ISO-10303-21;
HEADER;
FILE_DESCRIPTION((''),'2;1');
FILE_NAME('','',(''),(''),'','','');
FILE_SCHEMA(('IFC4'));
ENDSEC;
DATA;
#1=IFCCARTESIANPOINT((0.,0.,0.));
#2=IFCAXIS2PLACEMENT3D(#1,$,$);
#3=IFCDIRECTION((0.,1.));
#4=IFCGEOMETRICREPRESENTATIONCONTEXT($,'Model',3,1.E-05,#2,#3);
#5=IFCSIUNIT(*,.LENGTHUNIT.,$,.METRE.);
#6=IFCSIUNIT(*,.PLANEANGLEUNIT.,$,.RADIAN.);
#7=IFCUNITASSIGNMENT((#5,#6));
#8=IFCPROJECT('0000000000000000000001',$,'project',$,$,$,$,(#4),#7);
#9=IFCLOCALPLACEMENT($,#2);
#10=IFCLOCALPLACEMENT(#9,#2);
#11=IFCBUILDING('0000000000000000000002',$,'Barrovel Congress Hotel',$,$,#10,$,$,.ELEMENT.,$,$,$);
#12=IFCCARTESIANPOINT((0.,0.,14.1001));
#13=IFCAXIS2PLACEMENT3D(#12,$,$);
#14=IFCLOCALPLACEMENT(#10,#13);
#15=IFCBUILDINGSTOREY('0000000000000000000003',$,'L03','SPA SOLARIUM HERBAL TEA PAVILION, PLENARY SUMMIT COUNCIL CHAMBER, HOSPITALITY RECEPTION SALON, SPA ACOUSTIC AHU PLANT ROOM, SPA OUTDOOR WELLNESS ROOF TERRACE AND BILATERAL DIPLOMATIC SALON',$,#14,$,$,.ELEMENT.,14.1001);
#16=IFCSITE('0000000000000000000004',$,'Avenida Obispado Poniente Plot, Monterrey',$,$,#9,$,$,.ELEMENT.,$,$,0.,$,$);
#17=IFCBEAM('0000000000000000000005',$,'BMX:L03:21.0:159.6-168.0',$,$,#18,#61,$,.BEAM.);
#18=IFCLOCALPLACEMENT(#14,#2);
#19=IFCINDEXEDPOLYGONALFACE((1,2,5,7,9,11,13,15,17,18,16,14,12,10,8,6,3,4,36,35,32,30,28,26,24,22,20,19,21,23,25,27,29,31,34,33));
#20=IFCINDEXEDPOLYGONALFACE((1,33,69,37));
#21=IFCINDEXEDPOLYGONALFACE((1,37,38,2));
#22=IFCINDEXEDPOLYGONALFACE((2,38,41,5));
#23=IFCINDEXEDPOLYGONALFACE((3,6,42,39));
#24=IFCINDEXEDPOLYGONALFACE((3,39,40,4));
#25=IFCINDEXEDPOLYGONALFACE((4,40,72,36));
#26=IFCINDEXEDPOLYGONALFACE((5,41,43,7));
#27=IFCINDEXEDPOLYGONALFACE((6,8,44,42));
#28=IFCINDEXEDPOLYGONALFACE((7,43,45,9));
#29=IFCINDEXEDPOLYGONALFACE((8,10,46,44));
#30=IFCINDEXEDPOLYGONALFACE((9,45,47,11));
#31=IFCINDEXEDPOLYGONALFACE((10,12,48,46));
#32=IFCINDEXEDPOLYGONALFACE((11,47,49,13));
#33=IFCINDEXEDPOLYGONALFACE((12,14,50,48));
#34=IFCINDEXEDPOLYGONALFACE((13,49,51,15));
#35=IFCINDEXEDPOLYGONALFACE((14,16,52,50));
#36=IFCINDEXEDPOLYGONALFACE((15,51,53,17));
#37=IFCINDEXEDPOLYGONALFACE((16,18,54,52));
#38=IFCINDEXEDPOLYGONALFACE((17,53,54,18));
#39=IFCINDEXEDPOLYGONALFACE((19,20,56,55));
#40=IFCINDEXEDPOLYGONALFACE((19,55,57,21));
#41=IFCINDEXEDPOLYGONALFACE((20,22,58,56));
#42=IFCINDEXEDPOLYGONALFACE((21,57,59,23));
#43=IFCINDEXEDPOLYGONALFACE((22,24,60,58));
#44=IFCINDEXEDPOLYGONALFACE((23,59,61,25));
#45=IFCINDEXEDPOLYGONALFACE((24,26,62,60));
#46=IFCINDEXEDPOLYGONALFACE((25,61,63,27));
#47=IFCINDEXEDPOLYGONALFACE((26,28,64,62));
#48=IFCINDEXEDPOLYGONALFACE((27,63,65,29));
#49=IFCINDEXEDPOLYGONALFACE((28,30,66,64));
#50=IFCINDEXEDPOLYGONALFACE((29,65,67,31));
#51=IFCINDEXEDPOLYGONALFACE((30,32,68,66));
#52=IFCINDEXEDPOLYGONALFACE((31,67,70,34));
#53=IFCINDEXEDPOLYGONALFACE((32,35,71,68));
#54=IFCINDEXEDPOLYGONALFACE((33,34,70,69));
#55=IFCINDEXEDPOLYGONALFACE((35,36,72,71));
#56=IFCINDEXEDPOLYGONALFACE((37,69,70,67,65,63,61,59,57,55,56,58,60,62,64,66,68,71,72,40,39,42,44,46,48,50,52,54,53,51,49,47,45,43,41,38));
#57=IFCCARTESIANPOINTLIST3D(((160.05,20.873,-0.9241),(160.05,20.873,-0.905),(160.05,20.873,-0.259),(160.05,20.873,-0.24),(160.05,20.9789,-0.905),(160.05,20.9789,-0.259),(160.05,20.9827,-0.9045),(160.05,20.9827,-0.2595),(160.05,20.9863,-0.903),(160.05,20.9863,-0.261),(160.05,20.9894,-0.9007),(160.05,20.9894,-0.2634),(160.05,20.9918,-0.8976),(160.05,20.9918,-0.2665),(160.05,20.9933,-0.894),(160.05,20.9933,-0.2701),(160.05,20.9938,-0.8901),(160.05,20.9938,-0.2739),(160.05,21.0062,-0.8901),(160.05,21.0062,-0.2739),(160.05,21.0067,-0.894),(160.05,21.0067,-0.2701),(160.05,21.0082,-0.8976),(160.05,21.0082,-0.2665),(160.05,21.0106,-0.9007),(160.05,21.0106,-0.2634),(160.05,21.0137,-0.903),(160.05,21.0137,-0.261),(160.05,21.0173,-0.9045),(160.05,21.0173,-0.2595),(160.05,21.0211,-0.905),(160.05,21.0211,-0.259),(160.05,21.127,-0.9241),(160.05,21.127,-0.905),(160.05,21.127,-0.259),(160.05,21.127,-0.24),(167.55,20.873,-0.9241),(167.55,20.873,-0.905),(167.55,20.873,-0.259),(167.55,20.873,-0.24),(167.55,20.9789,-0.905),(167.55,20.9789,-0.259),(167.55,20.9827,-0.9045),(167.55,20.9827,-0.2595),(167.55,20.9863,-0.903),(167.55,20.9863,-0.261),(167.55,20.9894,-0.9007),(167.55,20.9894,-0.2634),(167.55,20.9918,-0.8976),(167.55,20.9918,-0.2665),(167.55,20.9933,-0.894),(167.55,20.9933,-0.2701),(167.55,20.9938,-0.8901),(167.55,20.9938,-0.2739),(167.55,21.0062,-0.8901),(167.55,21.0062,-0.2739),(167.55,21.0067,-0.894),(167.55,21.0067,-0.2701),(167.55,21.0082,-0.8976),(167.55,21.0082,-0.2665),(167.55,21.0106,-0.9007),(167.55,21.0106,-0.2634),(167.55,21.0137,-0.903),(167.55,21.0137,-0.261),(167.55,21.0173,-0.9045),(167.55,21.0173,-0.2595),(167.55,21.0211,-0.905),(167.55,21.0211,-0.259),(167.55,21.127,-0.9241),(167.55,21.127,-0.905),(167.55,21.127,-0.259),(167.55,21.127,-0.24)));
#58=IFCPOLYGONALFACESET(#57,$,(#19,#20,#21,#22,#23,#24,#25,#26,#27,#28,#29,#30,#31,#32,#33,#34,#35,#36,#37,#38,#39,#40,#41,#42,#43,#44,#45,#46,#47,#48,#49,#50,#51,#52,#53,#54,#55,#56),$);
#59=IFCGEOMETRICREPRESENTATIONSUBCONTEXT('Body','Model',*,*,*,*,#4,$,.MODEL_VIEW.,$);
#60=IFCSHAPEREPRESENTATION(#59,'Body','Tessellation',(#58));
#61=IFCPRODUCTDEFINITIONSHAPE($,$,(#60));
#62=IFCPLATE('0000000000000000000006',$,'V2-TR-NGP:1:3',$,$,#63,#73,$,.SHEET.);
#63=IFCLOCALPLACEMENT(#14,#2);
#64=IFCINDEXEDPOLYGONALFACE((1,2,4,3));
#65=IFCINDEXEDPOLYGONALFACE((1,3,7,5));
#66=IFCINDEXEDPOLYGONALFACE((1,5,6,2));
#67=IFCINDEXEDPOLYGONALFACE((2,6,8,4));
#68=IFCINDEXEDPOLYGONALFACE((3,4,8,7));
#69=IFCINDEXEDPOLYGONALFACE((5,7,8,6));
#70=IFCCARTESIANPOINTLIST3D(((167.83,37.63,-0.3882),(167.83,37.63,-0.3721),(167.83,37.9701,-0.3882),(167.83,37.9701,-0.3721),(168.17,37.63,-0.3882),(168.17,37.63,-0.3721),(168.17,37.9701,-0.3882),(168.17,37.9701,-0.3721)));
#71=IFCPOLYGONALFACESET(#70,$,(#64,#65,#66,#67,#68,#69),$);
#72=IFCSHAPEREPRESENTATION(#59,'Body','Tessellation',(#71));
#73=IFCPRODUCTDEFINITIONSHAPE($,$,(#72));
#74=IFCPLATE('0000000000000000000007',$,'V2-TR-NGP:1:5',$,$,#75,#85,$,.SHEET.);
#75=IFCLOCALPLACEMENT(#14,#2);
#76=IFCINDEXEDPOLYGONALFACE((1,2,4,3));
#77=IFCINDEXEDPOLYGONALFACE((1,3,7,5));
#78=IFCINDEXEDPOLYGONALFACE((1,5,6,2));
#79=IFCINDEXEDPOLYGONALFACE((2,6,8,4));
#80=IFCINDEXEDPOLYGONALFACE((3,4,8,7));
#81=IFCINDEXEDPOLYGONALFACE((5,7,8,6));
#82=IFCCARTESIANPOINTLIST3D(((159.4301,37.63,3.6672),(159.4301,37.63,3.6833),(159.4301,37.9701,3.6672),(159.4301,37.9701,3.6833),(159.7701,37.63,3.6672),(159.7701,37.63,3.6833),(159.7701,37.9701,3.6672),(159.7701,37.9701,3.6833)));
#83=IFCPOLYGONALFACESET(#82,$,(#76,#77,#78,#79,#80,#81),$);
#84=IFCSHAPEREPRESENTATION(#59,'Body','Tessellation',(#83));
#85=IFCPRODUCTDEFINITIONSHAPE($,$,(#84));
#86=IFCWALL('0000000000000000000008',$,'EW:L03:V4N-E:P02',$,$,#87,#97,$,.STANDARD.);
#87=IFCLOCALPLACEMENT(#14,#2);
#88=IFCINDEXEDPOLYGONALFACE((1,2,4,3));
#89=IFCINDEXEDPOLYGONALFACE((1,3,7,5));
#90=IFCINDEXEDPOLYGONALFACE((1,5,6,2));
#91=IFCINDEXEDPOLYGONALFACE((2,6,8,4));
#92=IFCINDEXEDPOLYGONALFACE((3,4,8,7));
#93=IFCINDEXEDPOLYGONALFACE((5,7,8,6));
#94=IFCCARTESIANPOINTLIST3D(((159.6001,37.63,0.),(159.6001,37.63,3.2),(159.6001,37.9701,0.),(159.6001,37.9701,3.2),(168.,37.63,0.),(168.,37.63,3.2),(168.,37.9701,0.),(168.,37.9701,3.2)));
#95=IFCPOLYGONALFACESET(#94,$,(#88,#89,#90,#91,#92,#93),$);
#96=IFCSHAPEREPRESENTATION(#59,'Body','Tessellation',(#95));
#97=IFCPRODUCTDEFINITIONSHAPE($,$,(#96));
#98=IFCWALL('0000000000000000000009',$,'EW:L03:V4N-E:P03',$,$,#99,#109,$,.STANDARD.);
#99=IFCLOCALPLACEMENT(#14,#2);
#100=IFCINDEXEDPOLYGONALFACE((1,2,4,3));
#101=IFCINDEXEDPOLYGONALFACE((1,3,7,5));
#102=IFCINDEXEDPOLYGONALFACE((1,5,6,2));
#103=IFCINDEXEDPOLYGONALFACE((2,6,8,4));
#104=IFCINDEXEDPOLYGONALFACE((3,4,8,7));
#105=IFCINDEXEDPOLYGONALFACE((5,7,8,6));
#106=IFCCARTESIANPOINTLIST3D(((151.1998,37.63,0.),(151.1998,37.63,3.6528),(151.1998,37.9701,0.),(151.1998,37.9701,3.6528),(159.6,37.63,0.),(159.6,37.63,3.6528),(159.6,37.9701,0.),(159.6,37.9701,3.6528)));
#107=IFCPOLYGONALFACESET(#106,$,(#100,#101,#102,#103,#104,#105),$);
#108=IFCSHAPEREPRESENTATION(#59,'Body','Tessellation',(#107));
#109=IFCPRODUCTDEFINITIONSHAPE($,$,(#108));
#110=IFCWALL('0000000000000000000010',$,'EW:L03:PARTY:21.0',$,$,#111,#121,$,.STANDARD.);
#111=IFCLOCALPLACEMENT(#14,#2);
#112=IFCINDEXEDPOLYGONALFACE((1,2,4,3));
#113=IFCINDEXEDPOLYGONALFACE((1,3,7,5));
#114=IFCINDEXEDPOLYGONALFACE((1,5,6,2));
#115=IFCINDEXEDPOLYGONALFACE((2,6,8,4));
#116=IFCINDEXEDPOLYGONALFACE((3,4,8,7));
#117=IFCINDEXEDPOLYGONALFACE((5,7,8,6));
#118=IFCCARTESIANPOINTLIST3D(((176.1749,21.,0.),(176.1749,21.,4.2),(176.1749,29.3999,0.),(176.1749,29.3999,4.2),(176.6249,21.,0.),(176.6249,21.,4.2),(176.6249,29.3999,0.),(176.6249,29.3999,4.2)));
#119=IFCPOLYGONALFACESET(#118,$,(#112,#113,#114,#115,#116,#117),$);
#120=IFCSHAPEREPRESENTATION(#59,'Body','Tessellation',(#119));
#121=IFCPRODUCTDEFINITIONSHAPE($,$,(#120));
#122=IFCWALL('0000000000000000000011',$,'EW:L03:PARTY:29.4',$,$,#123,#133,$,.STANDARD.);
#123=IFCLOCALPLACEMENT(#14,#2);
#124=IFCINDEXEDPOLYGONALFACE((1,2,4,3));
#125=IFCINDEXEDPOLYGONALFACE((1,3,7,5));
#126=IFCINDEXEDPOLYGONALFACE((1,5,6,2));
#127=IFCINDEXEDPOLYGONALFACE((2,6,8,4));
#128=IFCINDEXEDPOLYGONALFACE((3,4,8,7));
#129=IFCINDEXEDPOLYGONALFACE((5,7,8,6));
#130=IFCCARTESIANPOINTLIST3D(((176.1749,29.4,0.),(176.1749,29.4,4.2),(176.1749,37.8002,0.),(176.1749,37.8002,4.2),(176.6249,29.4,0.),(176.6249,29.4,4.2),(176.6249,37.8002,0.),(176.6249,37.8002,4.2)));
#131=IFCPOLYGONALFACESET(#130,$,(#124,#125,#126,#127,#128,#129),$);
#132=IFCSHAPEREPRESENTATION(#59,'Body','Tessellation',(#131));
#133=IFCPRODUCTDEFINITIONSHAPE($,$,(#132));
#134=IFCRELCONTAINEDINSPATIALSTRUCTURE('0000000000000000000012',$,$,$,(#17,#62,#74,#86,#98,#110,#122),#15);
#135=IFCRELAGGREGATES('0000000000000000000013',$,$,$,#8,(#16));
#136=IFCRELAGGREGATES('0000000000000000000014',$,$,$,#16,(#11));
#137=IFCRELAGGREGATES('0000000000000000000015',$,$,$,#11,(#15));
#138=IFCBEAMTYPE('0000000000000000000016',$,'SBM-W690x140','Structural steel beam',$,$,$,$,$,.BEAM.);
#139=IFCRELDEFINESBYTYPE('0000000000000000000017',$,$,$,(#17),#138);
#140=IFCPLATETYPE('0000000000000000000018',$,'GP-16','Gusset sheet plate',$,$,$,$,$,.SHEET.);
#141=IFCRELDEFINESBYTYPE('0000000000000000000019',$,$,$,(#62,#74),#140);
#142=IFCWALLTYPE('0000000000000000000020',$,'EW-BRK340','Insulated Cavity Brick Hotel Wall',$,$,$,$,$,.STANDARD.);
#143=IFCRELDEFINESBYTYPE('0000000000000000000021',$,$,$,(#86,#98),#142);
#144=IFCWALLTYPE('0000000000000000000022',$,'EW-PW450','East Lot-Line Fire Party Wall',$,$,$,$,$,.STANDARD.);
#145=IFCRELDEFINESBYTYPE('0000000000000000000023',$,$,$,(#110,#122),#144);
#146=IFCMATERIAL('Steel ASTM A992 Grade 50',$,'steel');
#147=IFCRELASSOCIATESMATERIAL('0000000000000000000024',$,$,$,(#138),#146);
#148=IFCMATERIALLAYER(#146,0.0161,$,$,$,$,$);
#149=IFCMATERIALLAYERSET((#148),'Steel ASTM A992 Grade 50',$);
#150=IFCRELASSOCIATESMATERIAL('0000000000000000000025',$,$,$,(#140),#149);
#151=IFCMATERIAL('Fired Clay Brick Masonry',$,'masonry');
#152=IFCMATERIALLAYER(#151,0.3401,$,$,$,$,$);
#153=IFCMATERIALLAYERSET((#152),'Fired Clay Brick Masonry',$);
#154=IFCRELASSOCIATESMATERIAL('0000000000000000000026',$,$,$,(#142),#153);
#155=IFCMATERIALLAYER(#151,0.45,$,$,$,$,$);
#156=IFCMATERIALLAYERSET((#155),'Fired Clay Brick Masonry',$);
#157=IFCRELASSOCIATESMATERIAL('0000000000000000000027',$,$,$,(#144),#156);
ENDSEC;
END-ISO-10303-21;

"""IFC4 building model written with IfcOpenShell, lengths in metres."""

from ifc_helpers import new_model, si_unit, direction, frame, frame_2d, origin, origin_2d, place, context, subcontext, project, spatial, rectangle, i_section, extrude, material, layer, layer_set, material_profile, profile_set, type_object, element, save


model = new_model("IFC4")

# Units and contexts
model_context = context("Model", 3, precision=1e-05, world=origin(), true_north=direction((0.0, 1.0)))
body_context = subcontext(model_context, "Body", "Model", "MODEL_VIEW")
ifc_project = project(units=[si_unit("LENGTHUNIT", "METRE"), si_unit("PLANEANGLEUNIT", "RADIAN")], contexts=[model_context])

# Site, building, storey
site_placement = place(None, origin())
site = spatial("IfcSite", under=ifc_project, at=site_placement, Name="Avenida Obispado Poniente Plot, Monterrey", CompositionType="ELEMENT", RefElevation=0.0)
building_placement = place(site_placement, origin())
building = spatial("IfcBuilding", under=site, at=building_placement, Name="Barrovel Congress Hotel", CompositionType="ELEMENT")
storey_placement = place(building_placement, frame((0.0, 0.0, 14.1001)))
storey = spatial("IfcBuildingStorey", under=building, at=storey_placement, Name="L03", Description="SPA SOLARIUM HERBAL TEA PAVILION, PLENARY SUMMIT COUNCIL CHAMBER, HOSPITALITY RECEPTION SALON, SPA ACOUSTIC AHU PLANT ROOM, SPA OUTDOOR WELLNESS ROOF TERRACE AND BILATERAL DIPLOMATIC SALON", CompositionType="ELEMENT", Elevation=14.1001)

# Beam
ifc_material_1 = material(Name="Steel ASTM A992 Grade 50", Category="steel")
ifc_material_profile_1 = material_profile(ifc_material_1, i_section(OverallWidth=0.2539, OverallDepth=0.6841, WebThickness=0.0125, FlangeThickness=0.019, FilletRadius=0.0149, at=origin_2d()), Name="W690x140")
ifc_profile_set_1 = profile_set([ifc_material_profile_1], Name="Steel ASTM A992 Grade 50")
beam_type_1 = type_object("IfcBeamType", Name="SBM-W690x140", Description="Structural steel beam", PredefinedType="BEAM", material=ifc_profile_set_1)
beam_1_placement = place(storey_placement, frame((160.05, 21.0, -0.582), z_axis=(1.0, 0.0, 0.0), x_axis=(0.0, 1.0, 0.0)))
element("IfcBeam", 1, at=beam_1_placement, inside=storey, type_object=beam_type_1, Name="BMX:L03:21.0:159.6-168.0", PredefinedType="BEAM", context=body_context, shape_type="SweptSolid", body=[
    extrude(i_section(OverallWidth=0.2539, OverallDepth=0.6841, WebThickness=0.0125, FlangeThickness=0.019, FilletRadius=0.0149, at=origin_2d()), origin(), (0.0, 0.0, 1.0), 7.5),
])

# Plates
ifc_layer_1 = layer(ifc_material_1, 0.0161)
ifc_layer_set_1 = layer_set([ifc_layer_1], Name="Steel ASTM A992 Grade 50")
plate_type = type_object("IfcPlateType", Name="GP-16", Description="Gusset sheet plate", PredefinedType="SHEET", material=ifc_layer_set_1)
for number, where, z_axis, x_axis, name in (
    (2, (168.0, 37.8, -0.3882), (0.0, 0.0, 1.0), (1.0, 0.0, 0.0), "V2-TR-NGP:1:3"),
    (3, (159.6001, 37.8, 3.6672), (0.0, 0.0, 1.0), (1.0, 0.0, 0.0), "V2-TR-NGP:1:5"),
):
    element("IfcPlate", number, at=place(storey_placement, frame(where, z_axis=z_axis, x_axis=x_axis)), inside=storey, type_object=plate_type, Name=name, PredefinedType="SHEET", context=body_context, shape_type="SweptSolid", body=[
        extrude(rectangle(XDim=0.3401, YDim=0.3401, at=origin_2d()), origin(), (0.0, 0.0, 1.0), 0.0161),
    ])

# Walls
ifc_material_2 = material(Name="Fired Clay Brick Masonry", Category="masonry")
ifc_layer_2 = layer(ifc_material_2, 0.3401)
ifc_layer_set_2 = layer_set([ifc_layer_2], Name="Fired Clay Brick Masonry")
wall_type_1 = type_object("IfcWallType", Name="EW-BRK340", Description="Insulated Cavity Brick Hotel Wall", PredefinedType="STANDARD", material=ifc_layer_set_2)
wall_1_placement = place(storey_placement, frame((168.0, 37.8, 0.0), z_axis=(0.0, 0.0, 1.0), x_axis=(-1.0, 0.0, 0.0)))
element("IfcWall", 4, at=wall_1_placement, inside=storey, type_object=wall_type_1, Name="EW:L03:V4N-E:P02", PredefinedType="STANDARD", context=body_context, shape_type="SweptSolid", body=[
    extrude(rectangle(XDim=8.3999, YDim=0.3401, at=frame_2d((4.2, 0.0))), origin(), (0.0, 0.0, 1.0), 3.2),
])
wall_2_placement = place(storey_placement, frame((159.6001, 37.8, 0.0), z_axis=(0.0, 0.0, 1.0), x_axis=(-1.0, 0.0, 0.0)))
element("IfcWall", 5, at=wall_2_placement, inside=storey, type_object=wall_type_1, Name="EW:L03:V4N-E:P03", PredefinedType="STANDARD", context=body_context, shape_type="SweptSolid", body=[
    extrude(rectangle(XDim=8.4001, YDim=0.3401, at=frame_2d((4.2002, 0.0))), origin(), (0.0, 0.0, 1.0), 3.6528),
])
ifc_layer_3 = layer(ifc_material_2, 0.45)
ifc_layer_set_3 = layer_set([ifc_layer_3], Name="Fired Clay Brick Masonry")
wall_type_2 = type_object("IfcWallType", Name="EW-PW450", Description="East Lot-Line Fire Party Wall", PredefinedType="STANDARD", material=ifc_layer_set_3)
wall_3_placement = place(storey_placement, frame((176.3999, 21.0, 0.0), z_axis=(0.0, 0.0, 1.0), x_axis=(0.0, 1.0, 0.0)))
element("IfcWall", 6, at=wall_3_placement, inside=storey, type_object=wall_type_2, Name="EW:L03:PARTY:21.0", PredefinedType="STANDARD", context=body_context, shape_type="SweptSolid", body=[
    extrude(rectangle(XDim=8.3999, YDim=0.45, at=frame_2d((4.2, 0.0))), origin(), (0.0, 0.0, 1.0), 4.2),
])
wall_4_placement = place(storey_placement, frame((176.3999, 29.3999, 0.0), z_axis=(0.0, 0.0, 1.0), x_axis=(0.0, 1.0, 0.0)))
element("IfcWall", 7, at=wall_4_placement, inside=storey, type_object=wall_type_2, Name="EW:L03:PARTY:29.4", PredefinedType="STANDARD", context=body_context, shape_type="SweptSolid", body=[
    extrude(rectangle(XDim=8.4001, YDim=0.45, at=frame_2d((4.2002, 0.0))), origin(), (0.0, 0.0, 1.0), 4.2),
])

save(model, "model.ifc")
